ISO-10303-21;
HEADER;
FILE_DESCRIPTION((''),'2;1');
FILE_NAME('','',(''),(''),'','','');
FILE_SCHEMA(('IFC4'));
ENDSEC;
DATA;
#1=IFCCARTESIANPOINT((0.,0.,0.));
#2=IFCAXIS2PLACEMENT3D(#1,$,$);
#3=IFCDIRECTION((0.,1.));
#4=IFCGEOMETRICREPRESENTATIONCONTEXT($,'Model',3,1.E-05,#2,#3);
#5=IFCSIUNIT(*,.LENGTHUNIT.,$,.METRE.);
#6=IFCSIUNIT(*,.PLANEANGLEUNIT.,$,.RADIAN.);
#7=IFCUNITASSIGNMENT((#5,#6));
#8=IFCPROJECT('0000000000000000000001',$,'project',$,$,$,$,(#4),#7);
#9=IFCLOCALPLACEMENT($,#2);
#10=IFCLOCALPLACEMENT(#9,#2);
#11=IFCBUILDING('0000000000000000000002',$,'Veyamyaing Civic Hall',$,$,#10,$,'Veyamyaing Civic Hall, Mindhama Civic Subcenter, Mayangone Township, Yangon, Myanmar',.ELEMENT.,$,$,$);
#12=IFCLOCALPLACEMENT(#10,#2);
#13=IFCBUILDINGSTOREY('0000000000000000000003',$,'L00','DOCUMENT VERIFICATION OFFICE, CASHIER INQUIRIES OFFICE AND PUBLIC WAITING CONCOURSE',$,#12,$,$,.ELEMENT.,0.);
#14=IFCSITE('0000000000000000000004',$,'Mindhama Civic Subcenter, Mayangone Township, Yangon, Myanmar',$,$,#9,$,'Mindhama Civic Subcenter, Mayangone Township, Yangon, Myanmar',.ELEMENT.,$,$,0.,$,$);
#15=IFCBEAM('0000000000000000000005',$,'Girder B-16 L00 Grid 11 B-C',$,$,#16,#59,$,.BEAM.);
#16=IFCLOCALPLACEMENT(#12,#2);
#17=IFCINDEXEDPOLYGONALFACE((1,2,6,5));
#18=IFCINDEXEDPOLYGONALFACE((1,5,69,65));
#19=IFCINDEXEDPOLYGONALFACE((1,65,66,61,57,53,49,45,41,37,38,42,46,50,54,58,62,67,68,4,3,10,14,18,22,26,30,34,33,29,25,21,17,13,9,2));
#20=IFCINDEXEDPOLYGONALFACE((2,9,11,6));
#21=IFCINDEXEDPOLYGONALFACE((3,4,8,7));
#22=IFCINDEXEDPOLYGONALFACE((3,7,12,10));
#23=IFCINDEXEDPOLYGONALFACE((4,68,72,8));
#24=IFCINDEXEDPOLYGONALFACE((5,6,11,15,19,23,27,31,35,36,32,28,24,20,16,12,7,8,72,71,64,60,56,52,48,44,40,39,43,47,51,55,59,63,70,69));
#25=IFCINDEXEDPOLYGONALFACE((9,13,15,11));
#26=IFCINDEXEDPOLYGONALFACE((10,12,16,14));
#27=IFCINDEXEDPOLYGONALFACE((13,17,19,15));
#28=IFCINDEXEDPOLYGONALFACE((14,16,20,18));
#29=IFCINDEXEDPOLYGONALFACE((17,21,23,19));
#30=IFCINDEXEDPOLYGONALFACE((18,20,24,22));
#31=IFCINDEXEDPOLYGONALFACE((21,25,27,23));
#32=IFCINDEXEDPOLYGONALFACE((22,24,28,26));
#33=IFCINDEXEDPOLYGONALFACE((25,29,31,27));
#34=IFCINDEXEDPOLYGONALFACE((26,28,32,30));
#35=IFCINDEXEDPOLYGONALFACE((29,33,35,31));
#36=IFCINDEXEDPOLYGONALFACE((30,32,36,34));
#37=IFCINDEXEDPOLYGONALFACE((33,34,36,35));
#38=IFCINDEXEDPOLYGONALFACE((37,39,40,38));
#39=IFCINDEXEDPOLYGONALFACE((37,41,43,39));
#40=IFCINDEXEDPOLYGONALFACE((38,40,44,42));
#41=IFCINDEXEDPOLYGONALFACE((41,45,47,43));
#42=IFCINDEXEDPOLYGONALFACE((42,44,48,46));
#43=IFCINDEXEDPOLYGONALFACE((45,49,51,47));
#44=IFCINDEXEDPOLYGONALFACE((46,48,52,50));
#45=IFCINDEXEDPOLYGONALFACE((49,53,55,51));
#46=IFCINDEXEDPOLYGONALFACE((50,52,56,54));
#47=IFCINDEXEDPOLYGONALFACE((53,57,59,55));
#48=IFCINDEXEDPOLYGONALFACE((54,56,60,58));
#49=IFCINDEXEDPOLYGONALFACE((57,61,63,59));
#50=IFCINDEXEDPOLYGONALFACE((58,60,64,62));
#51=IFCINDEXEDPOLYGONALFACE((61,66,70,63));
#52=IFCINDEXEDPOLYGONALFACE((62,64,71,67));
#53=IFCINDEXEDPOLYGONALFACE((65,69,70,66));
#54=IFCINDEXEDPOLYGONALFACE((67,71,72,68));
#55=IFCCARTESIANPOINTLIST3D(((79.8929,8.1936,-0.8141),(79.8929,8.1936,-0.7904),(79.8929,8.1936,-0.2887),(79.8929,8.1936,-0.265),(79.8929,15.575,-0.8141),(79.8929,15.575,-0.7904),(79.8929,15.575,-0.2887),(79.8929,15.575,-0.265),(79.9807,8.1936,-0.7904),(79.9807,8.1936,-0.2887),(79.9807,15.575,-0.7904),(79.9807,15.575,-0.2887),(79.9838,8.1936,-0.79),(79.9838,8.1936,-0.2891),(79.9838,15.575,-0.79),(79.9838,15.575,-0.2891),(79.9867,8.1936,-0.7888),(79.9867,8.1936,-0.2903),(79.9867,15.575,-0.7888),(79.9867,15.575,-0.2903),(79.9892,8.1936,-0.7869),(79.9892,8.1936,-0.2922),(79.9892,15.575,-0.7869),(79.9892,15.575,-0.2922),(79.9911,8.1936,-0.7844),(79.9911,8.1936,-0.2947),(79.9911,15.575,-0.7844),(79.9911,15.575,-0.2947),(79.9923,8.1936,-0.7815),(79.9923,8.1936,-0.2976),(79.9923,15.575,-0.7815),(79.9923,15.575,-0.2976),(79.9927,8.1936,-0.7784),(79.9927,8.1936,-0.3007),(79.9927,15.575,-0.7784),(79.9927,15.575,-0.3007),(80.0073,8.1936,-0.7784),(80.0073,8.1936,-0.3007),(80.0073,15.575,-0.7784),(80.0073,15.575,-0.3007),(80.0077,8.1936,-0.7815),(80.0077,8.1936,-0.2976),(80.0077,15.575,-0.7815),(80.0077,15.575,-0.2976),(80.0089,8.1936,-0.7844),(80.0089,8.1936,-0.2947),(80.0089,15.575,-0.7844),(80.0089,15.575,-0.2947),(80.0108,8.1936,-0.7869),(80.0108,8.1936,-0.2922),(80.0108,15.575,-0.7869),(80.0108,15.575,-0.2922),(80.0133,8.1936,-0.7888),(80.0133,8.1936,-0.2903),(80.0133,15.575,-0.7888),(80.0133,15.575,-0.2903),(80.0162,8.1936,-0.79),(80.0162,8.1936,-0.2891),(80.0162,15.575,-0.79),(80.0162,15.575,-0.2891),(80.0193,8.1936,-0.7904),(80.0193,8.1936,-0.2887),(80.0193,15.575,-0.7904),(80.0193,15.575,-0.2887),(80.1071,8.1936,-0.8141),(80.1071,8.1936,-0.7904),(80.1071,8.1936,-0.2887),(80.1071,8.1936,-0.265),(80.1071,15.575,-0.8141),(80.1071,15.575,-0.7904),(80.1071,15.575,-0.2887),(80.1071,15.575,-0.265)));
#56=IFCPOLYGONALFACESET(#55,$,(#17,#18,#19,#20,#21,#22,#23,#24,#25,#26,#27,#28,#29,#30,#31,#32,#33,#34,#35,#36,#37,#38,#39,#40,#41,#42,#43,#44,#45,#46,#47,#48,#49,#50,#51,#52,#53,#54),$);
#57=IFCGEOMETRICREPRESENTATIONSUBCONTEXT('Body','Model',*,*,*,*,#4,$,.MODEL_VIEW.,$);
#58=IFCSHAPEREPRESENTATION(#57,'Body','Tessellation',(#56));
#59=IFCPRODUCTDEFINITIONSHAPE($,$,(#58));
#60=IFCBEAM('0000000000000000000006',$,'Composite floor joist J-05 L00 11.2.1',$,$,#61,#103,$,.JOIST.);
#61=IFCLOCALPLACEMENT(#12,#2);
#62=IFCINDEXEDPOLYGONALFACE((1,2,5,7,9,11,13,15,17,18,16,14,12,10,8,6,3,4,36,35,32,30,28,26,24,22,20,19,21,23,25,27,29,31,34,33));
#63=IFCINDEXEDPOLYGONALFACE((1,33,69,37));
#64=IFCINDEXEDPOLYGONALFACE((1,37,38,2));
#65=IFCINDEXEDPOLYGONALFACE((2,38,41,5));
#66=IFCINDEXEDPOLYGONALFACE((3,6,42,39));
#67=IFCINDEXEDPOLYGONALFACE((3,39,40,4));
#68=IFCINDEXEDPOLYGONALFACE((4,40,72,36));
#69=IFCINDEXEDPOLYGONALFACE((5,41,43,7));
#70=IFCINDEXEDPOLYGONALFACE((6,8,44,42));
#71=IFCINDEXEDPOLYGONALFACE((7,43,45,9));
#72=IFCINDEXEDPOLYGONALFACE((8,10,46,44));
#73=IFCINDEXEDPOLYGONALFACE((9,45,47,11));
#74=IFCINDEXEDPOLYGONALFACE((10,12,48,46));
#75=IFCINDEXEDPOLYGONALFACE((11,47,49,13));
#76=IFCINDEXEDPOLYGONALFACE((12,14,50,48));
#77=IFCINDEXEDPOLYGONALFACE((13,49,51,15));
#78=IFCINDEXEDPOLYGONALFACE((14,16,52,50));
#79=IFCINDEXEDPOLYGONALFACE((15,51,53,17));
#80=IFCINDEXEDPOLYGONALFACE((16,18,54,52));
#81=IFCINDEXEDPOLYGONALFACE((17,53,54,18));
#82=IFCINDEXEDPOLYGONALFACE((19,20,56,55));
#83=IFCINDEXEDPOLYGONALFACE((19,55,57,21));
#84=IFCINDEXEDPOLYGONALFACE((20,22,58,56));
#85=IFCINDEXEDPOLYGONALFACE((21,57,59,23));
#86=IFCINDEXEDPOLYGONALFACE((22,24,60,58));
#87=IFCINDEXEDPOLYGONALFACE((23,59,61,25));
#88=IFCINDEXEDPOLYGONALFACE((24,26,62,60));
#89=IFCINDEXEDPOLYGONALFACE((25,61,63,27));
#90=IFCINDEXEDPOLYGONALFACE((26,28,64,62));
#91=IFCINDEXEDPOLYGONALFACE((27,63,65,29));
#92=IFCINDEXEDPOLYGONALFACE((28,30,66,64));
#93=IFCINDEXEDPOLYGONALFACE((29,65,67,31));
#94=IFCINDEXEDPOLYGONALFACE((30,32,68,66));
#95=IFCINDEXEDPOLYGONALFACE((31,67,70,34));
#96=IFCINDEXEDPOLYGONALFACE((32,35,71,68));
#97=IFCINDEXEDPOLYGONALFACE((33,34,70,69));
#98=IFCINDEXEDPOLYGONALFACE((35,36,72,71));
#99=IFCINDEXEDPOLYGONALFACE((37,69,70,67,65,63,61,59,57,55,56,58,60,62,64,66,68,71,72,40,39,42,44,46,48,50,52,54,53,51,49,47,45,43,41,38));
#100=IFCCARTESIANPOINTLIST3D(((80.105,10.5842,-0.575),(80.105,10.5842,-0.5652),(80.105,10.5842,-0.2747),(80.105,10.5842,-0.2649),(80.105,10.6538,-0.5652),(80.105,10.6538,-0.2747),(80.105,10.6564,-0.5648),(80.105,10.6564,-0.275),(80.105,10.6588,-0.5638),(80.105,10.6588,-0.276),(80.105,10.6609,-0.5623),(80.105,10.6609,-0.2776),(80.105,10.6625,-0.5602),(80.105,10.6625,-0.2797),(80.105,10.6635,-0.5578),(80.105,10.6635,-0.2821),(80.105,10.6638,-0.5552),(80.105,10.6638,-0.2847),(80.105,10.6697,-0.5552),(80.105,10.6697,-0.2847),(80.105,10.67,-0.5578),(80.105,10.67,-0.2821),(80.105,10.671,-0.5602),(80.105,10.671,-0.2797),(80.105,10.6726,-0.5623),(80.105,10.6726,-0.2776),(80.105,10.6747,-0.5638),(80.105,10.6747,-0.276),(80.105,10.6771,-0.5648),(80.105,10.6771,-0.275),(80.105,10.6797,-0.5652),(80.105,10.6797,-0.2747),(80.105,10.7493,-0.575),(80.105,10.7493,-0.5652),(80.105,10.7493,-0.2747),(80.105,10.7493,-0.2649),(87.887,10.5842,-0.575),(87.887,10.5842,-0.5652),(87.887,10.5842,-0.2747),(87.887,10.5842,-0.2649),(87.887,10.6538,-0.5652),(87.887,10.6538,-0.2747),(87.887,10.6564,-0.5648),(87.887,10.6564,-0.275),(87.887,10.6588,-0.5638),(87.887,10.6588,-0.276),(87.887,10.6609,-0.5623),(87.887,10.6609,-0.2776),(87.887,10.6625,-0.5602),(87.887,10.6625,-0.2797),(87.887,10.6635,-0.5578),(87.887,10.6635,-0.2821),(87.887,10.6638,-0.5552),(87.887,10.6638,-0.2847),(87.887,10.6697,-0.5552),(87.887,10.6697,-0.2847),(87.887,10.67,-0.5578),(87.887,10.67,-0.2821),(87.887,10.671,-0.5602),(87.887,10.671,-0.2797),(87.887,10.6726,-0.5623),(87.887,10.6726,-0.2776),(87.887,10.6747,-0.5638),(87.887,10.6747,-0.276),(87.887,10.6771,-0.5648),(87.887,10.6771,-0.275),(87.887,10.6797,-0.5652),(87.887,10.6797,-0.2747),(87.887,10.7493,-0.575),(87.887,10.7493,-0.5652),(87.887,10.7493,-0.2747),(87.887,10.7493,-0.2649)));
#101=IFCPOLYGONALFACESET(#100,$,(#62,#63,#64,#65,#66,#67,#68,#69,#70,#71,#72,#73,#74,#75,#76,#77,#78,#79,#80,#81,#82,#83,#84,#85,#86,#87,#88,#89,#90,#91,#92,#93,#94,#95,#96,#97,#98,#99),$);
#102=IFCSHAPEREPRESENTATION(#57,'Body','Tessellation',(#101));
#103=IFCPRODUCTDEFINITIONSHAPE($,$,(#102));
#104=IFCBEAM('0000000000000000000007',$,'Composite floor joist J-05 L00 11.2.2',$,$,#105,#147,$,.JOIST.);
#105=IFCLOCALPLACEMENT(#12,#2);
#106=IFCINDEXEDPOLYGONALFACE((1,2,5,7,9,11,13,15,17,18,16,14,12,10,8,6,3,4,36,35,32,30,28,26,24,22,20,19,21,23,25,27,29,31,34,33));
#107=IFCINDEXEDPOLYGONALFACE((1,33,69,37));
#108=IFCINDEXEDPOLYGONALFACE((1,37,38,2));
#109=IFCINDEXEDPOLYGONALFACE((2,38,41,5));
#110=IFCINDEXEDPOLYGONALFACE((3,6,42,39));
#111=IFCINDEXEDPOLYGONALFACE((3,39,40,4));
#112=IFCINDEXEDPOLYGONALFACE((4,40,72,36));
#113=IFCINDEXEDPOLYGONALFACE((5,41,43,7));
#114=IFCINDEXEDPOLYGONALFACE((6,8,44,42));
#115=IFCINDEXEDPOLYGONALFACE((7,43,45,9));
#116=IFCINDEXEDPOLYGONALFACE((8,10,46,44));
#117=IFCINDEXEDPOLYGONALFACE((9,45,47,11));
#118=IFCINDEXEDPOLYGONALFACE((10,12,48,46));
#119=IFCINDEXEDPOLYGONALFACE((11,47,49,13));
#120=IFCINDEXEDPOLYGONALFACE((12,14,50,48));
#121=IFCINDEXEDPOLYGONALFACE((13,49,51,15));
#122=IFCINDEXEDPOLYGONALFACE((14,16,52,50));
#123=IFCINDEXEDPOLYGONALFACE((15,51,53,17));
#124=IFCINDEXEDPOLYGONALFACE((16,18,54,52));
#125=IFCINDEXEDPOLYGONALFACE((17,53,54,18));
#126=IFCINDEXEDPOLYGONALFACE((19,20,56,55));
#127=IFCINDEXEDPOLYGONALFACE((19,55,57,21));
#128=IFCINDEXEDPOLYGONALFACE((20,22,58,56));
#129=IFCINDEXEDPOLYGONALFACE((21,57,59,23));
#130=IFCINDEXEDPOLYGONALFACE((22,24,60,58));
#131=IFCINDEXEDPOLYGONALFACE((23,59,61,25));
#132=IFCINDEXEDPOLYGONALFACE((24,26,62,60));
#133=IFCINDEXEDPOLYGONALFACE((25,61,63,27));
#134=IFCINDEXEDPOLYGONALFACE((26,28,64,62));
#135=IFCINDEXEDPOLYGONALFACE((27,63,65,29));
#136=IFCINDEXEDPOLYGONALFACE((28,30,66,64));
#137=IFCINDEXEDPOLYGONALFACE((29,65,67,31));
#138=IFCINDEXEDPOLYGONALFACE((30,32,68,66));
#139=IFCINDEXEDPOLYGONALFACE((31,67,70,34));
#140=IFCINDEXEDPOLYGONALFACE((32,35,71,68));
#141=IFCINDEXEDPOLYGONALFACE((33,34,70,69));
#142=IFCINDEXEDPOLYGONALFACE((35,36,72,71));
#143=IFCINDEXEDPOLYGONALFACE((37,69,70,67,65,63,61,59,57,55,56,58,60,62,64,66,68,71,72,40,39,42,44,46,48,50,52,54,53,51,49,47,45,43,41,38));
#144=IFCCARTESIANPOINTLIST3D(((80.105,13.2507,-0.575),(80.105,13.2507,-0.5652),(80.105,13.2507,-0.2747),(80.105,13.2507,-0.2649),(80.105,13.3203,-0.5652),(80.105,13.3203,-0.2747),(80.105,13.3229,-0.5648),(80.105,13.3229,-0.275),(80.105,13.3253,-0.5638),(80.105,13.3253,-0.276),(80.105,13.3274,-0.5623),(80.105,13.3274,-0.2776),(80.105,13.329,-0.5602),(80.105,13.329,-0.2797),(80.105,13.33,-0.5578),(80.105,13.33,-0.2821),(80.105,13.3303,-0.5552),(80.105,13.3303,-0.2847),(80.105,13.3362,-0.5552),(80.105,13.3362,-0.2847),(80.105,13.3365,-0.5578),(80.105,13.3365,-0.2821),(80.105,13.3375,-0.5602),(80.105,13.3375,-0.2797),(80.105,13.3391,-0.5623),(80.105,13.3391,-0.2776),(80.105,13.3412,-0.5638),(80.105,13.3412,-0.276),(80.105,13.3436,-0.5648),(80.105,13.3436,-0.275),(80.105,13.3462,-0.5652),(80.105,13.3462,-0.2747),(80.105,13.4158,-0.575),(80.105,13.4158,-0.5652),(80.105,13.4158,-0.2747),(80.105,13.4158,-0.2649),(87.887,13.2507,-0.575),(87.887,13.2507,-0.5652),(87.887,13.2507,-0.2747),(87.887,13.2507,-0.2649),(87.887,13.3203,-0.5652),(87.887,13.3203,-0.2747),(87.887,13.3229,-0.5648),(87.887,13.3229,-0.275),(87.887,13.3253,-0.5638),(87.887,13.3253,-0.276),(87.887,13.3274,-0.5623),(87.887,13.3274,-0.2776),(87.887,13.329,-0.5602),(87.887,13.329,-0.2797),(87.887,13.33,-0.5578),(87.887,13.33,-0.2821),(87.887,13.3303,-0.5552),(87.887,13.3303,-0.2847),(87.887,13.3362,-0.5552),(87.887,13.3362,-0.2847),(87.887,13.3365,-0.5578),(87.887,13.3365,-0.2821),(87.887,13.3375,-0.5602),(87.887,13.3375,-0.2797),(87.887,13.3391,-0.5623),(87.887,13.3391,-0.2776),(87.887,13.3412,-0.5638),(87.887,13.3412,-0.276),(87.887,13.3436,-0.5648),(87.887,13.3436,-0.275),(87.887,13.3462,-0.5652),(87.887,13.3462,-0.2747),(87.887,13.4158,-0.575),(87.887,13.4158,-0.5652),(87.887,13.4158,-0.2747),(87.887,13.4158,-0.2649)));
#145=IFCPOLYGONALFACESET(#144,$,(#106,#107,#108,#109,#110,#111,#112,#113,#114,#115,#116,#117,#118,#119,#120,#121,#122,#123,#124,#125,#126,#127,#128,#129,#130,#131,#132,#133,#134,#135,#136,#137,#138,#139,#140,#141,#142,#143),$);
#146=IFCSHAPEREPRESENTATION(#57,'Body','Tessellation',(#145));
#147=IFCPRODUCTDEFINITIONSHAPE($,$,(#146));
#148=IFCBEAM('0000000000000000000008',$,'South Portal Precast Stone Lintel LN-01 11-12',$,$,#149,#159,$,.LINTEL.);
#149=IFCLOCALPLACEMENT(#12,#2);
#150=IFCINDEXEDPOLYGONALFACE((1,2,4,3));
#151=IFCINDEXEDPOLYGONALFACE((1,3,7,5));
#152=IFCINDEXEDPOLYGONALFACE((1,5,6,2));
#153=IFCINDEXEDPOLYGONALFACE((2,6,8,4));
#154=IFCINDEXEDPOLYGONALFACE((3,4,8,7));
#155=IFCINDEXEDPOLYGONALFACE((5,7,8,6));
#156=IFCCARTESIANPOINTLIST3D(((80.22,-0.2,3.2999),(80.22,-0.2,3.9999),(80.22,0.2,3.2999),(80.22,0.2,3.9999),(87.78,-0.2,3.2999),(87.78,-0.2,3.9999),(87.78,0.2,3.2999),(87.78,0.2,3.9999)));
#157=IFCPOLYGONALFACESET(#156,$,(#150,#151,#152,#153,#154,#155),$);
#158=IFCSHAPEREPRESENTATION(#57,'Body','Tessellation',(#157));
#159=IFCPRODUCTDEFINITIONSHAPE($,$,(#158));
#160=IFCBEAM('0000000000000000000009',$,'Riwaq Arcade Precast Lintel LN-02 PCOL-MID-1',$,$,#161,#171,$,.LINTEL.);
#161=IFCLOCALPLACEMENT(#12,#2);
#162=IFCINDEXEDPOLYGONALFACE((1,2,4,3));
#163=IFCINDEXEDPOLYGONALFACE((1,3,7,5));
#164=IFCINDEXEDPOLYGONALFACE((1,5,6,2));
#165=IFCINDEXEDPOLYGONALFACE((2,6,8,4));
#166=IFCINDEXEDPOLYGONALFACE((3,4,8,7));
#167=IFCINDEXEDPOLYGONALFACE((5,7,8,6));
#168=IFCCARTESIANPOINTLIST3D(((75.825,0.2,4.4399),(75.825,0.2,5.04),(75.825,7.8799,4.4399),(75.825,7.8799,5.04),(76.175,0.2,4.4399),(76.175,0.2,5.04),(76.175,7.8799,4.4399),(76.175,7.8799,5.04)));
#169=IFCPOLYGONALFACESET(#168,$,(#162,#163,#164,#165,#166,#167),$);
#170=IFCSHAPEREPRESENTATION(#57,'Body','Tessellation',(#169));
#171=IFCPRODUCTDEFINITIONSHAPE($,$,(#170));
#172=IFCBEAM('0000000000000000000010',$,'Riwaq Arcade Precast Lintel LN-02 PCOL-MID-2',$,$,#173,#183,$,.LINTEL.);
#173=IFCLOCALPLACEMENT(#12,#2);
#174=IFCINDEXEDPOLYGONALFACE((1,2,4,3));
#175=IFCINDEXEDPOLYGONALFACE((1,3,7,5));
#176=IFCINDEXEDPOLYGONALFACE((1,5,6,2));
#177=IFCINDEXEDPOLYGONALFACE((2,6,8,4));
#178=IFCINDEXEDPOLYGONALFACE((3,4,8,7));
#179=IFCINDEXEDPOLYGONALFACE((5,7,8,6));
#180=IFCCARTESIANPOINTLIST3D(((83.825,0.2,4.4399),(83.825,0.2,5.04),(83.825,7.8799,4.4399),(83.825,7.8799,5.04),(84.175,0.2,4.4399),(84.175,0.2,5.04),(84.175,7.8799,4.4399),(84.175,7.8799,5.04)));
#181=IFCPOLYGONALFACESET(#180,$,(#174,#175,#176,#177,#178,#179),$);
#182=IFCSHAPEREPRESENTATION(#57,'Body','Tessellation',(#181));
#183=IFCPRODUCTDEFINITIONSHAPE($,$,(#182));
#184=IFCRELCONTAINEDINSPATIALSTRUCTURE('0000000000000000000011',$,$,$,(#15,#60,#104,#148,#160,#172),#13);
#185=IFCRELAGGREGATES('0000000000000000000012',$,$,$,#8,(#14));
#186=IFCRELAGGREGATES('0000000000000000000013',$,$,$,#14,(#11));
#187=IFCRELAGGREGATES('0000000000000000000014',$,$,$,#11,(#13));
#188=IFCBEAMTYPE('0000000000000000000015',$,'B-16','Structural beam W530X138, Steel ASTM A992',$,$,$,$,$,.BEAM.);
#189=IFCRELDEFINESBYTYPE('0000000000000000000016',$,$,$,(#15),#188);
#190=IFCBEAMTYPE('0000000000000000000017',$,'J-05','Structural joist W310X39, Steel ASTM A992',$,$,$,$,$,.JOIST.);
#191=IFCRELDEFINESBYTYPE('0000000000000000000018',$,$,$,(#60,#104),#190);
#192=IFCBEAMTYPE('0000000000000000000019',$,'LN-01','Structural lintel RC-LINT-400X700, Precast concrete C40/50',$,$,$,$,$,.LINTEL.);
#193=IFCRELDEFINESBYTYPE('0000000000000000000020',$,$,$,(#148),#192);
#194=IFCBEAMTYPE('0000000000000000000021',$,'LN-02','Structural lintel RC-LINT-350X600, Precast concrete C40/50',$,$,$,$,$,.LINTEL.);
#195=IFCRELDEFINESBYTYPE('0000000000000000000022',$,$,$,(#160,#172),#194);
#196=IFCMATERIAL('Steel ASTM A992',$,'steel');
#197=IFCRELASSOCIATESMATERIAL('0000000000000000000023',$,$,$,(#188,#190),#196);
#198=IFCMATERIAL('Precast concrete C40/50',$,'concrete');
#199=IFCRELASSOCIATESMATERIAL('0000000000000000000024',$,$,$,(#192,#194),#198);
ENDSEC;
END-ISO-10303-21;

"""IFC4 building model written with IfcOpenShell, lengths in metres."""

from ifc_helpers import new_model, si_unit, direction, frame, origin, origin_2d, place, context, subcontext, project, spatial, rectangle, i_section, extrude, material, material_profile, profile_set, type_object, element, save


model = new_model("IFC4")

# Units and contexts
model_context = context("Model", 3, precision=1e-05, world=origin(), true_north=direction((0.0, 1.0)))
body_context = subcontext(model_context, "Body", "Model", "MODEL_VIEW")
ifc_project = project(units=[si_unit("LENGTHUNIT", "METRE"), si_unit("PLANEANGLEUNIT", "RADIAN")], contexts=[model_context])

# Site, building, storey
site_placement = place(None, origin())
site = spatial("IfcSite", under=ifc_project, at=site_placement, Name="Mindhama Civic Subcenter, Mayangone Township, Yangon, Myanmar", LongName="Mindhama Civic Subcenter, Mayangone Township, Yangon, Myanmar", CompositionType="ELEMENT", RefElevation=0.0)
building_placement = place(site_placement, origin())
building = spatial("IfcBuilding", under=site, at=building_placement, Name="Veyamyaing Civic Hall", LongName="Veyamyaing Civic Hall, Mindhama Civic Subcenter, Mayangone Township, Yangon, Myanmar", CompositionType="ELEMENT")
storey_placement = place(building_placement, origin())
storey = spatial("IfcBuildingStorey", under=building, at=storey_placement, Name="L00", Description="DOCUMENT VERIFICATION OFFICE, CASHIER INQUIRIES OFFICE AND PUBLIC WAITING CONCOURSE", CompositionType="ELEMENT", Elevation=0.0)

# Beams
ifc_material_1 = material(Name="Steel ASTM A992", Category="steel")
ifc_material_profile_1 = material_profile(ifc_material_1, i_section(OverallWidth=0.2141, OverallDepth=0.5491, WebThickness=0.0146, FlangeThickness=0.0237, FilletRadius=0.012, at=origin_2d()), Name="W530X138")
ifc_profile_set_1 = profile_set([ifc_material_profile_1], Name="Steel ASTM A992")
beam_type_1 = type_object("IfcBeamType", Name="B-16", Description="Structural beam W530X138, Steel ASTM A992", PredefinedType="BEAM", material=ifc_profile_set_1)
beam_1_placement = place(storey_placement, frame((80.0, 8.1936, -0.5396), z_axis=(0.0, 1.0, 0.0), x_axis=(-1.0, 0.0, 0.0)))
element("IfcBeam", 1, at=beam_1_placement, inside=storey, type_object=beam_type_1, Name="Girder B-16 L00 Grid 11 B-C", PredefinedType="BEAM", context=body_context, shape_type="SweptSolid", body=[
    extrude(i_section(OverallWidth=0.2141, OverallDepth=0.5491, WebThickness=0.0146, FlangeThickness=0.0237, FilletRadius=0.012, at=origin_2d()), origin(), (0.0, 0.0, 1.0), 7.3813),
])
ifc_material_profile_2 = material_profile(ifc_material_1, i_section(OverallWidth=0.165, OverallDepth=0.3101, WebThickness=0.0059, FlangeThickness=0.0098, FilletRadius=0.01, at=origin_2d()), Name="W310X39")
ifc_profile_set_2 = profile_set([ifc_material_profile_2], Name="Steel ASTM A992")
beam_type_2 = type_object("IfcBeamType", Name="J-05", Description="Structural joist W310X39, Steel ASTM A992", PredefinedType="JOIST", material=ifc_profile_set_2)
for number, where, z_axis, x_axis, name in (
    (2, (80.105, 10.6667, -0.4199), (1.0, 0.0, 0.0), (0.0, 1.0, 0.0), "Composite floor joist J-05 L00 11.2.1"),
    (3, (80.105, 13.3333, -0.4199), (1.0, 0.0, 0.0), (0.0, 1.0, 0.0), "Composite floor joist J-05 L00 11.2.2"),
):
    element("IfcBeam", number, at=place(storey_placement, frame(where, z_axis=z_axis, x_axis=x_axis)), inside=storey, type_object=beam_type_2, Name=name, PredefinedType="JOIST", context=body_context, shape_type="SweptSolid", body=[
        extrude(i_section(OverallWidth=0.165, OverallDepth=0.3101, WebThickness=0.0059, FlangeThickness=0.0098, FilletRadius=0.01, at=origin_2d()), origin(), (0.0, 0.0, 1.0), 7.782),
    ])
ifc_material_2 = material(Name="Precast concrete C40/50", Category="concrete")
ifc_material_profile_3 = material_profile(ifc_material_2, rectangle(XDim=0.3999, YDim=0.7, at=origin_2d()), Name="RC-LINT-400X700")
ifc_profile_set_3 = profile_set([ifc_material_profile_3], Name="Precast concrete C40/50")
beam_type_3 = type_object("IfcBeamType", Name="LN-01", Description="Structural lintel RC-LINT-400X700, Precast concrete C40/50", PredefinedType="LINTEL", material=ifc_profile_set_3)
beam_2_placement = place(storey_placement, frame((80.22, 0.0, 3.6499), z_axis=(1.0, 0.0, 0.0), x_axis=(0.0, 1.0, 0.0)))
element("IfcBeam", 4, at=beam_2_placement, inside=storey, type_object=beam_type_3, Name="South Portal Precast Stone Lintel LN-01 11-12", PredefinedType="LINTEL", context=body_context, shape_type="SweptSolid", body=[
    extrude(rectangle(XDim=0.3999, YDim=0.7, at=origin_2d()), origin(), (0.0, 0.0, 1.0), 7.5601),
])
ifc_material_profile_4 = material_profile(ifc_material_2, rectangle(XDim=0.3501, YDim=0.6001, at=origin_2d()), Name="RC-LINT-350X600")
ifc_profile_set_4 = profile_set([ifc_material_profile_4], Name="Precast concrete C40/50")
beam_type_4 = type_object("IfcBeamType", Name="LN-02", Description="Structural lintel RC-LINT-350X600, Precast concrete C40/50", PredefinedType="LINTEL", material=ifc_profile_set_4)
for number, where, z_axis, x_axis, name in (
    (5, (76.0, 0.2, 4.74), (0.0, 1.0, 0.0), (-1.0, 0.0, 0.0), "Riwaq Arcade Precast Lintel LN-02 PCOL-MID-1"),
    (6, (84.0, 0.2, 4.74), (0.0, 1.0, 0.0), (-1.0, 0.0, 0.0), "Riwaq Arcade Precast Lintel LN-02 PCOL-MID-2"),
):
    element("IfcBeam", number, at=place(storey_placement, frame(where, z_axis=z_axis, x_axis=x_axis)), inside=storey, type_object=beam_type_4, Name=name, PredefinedType="LINTEL", context=body_context, shape_type="SweptSolid", body=[
        extrude(rectangle(XDim=0.3501, YDim=0.6001, at=origin_2d()), origin(), (0.0, 0.0, 1.0), 7.6799),
    ])

save(model, "model.ifc")
